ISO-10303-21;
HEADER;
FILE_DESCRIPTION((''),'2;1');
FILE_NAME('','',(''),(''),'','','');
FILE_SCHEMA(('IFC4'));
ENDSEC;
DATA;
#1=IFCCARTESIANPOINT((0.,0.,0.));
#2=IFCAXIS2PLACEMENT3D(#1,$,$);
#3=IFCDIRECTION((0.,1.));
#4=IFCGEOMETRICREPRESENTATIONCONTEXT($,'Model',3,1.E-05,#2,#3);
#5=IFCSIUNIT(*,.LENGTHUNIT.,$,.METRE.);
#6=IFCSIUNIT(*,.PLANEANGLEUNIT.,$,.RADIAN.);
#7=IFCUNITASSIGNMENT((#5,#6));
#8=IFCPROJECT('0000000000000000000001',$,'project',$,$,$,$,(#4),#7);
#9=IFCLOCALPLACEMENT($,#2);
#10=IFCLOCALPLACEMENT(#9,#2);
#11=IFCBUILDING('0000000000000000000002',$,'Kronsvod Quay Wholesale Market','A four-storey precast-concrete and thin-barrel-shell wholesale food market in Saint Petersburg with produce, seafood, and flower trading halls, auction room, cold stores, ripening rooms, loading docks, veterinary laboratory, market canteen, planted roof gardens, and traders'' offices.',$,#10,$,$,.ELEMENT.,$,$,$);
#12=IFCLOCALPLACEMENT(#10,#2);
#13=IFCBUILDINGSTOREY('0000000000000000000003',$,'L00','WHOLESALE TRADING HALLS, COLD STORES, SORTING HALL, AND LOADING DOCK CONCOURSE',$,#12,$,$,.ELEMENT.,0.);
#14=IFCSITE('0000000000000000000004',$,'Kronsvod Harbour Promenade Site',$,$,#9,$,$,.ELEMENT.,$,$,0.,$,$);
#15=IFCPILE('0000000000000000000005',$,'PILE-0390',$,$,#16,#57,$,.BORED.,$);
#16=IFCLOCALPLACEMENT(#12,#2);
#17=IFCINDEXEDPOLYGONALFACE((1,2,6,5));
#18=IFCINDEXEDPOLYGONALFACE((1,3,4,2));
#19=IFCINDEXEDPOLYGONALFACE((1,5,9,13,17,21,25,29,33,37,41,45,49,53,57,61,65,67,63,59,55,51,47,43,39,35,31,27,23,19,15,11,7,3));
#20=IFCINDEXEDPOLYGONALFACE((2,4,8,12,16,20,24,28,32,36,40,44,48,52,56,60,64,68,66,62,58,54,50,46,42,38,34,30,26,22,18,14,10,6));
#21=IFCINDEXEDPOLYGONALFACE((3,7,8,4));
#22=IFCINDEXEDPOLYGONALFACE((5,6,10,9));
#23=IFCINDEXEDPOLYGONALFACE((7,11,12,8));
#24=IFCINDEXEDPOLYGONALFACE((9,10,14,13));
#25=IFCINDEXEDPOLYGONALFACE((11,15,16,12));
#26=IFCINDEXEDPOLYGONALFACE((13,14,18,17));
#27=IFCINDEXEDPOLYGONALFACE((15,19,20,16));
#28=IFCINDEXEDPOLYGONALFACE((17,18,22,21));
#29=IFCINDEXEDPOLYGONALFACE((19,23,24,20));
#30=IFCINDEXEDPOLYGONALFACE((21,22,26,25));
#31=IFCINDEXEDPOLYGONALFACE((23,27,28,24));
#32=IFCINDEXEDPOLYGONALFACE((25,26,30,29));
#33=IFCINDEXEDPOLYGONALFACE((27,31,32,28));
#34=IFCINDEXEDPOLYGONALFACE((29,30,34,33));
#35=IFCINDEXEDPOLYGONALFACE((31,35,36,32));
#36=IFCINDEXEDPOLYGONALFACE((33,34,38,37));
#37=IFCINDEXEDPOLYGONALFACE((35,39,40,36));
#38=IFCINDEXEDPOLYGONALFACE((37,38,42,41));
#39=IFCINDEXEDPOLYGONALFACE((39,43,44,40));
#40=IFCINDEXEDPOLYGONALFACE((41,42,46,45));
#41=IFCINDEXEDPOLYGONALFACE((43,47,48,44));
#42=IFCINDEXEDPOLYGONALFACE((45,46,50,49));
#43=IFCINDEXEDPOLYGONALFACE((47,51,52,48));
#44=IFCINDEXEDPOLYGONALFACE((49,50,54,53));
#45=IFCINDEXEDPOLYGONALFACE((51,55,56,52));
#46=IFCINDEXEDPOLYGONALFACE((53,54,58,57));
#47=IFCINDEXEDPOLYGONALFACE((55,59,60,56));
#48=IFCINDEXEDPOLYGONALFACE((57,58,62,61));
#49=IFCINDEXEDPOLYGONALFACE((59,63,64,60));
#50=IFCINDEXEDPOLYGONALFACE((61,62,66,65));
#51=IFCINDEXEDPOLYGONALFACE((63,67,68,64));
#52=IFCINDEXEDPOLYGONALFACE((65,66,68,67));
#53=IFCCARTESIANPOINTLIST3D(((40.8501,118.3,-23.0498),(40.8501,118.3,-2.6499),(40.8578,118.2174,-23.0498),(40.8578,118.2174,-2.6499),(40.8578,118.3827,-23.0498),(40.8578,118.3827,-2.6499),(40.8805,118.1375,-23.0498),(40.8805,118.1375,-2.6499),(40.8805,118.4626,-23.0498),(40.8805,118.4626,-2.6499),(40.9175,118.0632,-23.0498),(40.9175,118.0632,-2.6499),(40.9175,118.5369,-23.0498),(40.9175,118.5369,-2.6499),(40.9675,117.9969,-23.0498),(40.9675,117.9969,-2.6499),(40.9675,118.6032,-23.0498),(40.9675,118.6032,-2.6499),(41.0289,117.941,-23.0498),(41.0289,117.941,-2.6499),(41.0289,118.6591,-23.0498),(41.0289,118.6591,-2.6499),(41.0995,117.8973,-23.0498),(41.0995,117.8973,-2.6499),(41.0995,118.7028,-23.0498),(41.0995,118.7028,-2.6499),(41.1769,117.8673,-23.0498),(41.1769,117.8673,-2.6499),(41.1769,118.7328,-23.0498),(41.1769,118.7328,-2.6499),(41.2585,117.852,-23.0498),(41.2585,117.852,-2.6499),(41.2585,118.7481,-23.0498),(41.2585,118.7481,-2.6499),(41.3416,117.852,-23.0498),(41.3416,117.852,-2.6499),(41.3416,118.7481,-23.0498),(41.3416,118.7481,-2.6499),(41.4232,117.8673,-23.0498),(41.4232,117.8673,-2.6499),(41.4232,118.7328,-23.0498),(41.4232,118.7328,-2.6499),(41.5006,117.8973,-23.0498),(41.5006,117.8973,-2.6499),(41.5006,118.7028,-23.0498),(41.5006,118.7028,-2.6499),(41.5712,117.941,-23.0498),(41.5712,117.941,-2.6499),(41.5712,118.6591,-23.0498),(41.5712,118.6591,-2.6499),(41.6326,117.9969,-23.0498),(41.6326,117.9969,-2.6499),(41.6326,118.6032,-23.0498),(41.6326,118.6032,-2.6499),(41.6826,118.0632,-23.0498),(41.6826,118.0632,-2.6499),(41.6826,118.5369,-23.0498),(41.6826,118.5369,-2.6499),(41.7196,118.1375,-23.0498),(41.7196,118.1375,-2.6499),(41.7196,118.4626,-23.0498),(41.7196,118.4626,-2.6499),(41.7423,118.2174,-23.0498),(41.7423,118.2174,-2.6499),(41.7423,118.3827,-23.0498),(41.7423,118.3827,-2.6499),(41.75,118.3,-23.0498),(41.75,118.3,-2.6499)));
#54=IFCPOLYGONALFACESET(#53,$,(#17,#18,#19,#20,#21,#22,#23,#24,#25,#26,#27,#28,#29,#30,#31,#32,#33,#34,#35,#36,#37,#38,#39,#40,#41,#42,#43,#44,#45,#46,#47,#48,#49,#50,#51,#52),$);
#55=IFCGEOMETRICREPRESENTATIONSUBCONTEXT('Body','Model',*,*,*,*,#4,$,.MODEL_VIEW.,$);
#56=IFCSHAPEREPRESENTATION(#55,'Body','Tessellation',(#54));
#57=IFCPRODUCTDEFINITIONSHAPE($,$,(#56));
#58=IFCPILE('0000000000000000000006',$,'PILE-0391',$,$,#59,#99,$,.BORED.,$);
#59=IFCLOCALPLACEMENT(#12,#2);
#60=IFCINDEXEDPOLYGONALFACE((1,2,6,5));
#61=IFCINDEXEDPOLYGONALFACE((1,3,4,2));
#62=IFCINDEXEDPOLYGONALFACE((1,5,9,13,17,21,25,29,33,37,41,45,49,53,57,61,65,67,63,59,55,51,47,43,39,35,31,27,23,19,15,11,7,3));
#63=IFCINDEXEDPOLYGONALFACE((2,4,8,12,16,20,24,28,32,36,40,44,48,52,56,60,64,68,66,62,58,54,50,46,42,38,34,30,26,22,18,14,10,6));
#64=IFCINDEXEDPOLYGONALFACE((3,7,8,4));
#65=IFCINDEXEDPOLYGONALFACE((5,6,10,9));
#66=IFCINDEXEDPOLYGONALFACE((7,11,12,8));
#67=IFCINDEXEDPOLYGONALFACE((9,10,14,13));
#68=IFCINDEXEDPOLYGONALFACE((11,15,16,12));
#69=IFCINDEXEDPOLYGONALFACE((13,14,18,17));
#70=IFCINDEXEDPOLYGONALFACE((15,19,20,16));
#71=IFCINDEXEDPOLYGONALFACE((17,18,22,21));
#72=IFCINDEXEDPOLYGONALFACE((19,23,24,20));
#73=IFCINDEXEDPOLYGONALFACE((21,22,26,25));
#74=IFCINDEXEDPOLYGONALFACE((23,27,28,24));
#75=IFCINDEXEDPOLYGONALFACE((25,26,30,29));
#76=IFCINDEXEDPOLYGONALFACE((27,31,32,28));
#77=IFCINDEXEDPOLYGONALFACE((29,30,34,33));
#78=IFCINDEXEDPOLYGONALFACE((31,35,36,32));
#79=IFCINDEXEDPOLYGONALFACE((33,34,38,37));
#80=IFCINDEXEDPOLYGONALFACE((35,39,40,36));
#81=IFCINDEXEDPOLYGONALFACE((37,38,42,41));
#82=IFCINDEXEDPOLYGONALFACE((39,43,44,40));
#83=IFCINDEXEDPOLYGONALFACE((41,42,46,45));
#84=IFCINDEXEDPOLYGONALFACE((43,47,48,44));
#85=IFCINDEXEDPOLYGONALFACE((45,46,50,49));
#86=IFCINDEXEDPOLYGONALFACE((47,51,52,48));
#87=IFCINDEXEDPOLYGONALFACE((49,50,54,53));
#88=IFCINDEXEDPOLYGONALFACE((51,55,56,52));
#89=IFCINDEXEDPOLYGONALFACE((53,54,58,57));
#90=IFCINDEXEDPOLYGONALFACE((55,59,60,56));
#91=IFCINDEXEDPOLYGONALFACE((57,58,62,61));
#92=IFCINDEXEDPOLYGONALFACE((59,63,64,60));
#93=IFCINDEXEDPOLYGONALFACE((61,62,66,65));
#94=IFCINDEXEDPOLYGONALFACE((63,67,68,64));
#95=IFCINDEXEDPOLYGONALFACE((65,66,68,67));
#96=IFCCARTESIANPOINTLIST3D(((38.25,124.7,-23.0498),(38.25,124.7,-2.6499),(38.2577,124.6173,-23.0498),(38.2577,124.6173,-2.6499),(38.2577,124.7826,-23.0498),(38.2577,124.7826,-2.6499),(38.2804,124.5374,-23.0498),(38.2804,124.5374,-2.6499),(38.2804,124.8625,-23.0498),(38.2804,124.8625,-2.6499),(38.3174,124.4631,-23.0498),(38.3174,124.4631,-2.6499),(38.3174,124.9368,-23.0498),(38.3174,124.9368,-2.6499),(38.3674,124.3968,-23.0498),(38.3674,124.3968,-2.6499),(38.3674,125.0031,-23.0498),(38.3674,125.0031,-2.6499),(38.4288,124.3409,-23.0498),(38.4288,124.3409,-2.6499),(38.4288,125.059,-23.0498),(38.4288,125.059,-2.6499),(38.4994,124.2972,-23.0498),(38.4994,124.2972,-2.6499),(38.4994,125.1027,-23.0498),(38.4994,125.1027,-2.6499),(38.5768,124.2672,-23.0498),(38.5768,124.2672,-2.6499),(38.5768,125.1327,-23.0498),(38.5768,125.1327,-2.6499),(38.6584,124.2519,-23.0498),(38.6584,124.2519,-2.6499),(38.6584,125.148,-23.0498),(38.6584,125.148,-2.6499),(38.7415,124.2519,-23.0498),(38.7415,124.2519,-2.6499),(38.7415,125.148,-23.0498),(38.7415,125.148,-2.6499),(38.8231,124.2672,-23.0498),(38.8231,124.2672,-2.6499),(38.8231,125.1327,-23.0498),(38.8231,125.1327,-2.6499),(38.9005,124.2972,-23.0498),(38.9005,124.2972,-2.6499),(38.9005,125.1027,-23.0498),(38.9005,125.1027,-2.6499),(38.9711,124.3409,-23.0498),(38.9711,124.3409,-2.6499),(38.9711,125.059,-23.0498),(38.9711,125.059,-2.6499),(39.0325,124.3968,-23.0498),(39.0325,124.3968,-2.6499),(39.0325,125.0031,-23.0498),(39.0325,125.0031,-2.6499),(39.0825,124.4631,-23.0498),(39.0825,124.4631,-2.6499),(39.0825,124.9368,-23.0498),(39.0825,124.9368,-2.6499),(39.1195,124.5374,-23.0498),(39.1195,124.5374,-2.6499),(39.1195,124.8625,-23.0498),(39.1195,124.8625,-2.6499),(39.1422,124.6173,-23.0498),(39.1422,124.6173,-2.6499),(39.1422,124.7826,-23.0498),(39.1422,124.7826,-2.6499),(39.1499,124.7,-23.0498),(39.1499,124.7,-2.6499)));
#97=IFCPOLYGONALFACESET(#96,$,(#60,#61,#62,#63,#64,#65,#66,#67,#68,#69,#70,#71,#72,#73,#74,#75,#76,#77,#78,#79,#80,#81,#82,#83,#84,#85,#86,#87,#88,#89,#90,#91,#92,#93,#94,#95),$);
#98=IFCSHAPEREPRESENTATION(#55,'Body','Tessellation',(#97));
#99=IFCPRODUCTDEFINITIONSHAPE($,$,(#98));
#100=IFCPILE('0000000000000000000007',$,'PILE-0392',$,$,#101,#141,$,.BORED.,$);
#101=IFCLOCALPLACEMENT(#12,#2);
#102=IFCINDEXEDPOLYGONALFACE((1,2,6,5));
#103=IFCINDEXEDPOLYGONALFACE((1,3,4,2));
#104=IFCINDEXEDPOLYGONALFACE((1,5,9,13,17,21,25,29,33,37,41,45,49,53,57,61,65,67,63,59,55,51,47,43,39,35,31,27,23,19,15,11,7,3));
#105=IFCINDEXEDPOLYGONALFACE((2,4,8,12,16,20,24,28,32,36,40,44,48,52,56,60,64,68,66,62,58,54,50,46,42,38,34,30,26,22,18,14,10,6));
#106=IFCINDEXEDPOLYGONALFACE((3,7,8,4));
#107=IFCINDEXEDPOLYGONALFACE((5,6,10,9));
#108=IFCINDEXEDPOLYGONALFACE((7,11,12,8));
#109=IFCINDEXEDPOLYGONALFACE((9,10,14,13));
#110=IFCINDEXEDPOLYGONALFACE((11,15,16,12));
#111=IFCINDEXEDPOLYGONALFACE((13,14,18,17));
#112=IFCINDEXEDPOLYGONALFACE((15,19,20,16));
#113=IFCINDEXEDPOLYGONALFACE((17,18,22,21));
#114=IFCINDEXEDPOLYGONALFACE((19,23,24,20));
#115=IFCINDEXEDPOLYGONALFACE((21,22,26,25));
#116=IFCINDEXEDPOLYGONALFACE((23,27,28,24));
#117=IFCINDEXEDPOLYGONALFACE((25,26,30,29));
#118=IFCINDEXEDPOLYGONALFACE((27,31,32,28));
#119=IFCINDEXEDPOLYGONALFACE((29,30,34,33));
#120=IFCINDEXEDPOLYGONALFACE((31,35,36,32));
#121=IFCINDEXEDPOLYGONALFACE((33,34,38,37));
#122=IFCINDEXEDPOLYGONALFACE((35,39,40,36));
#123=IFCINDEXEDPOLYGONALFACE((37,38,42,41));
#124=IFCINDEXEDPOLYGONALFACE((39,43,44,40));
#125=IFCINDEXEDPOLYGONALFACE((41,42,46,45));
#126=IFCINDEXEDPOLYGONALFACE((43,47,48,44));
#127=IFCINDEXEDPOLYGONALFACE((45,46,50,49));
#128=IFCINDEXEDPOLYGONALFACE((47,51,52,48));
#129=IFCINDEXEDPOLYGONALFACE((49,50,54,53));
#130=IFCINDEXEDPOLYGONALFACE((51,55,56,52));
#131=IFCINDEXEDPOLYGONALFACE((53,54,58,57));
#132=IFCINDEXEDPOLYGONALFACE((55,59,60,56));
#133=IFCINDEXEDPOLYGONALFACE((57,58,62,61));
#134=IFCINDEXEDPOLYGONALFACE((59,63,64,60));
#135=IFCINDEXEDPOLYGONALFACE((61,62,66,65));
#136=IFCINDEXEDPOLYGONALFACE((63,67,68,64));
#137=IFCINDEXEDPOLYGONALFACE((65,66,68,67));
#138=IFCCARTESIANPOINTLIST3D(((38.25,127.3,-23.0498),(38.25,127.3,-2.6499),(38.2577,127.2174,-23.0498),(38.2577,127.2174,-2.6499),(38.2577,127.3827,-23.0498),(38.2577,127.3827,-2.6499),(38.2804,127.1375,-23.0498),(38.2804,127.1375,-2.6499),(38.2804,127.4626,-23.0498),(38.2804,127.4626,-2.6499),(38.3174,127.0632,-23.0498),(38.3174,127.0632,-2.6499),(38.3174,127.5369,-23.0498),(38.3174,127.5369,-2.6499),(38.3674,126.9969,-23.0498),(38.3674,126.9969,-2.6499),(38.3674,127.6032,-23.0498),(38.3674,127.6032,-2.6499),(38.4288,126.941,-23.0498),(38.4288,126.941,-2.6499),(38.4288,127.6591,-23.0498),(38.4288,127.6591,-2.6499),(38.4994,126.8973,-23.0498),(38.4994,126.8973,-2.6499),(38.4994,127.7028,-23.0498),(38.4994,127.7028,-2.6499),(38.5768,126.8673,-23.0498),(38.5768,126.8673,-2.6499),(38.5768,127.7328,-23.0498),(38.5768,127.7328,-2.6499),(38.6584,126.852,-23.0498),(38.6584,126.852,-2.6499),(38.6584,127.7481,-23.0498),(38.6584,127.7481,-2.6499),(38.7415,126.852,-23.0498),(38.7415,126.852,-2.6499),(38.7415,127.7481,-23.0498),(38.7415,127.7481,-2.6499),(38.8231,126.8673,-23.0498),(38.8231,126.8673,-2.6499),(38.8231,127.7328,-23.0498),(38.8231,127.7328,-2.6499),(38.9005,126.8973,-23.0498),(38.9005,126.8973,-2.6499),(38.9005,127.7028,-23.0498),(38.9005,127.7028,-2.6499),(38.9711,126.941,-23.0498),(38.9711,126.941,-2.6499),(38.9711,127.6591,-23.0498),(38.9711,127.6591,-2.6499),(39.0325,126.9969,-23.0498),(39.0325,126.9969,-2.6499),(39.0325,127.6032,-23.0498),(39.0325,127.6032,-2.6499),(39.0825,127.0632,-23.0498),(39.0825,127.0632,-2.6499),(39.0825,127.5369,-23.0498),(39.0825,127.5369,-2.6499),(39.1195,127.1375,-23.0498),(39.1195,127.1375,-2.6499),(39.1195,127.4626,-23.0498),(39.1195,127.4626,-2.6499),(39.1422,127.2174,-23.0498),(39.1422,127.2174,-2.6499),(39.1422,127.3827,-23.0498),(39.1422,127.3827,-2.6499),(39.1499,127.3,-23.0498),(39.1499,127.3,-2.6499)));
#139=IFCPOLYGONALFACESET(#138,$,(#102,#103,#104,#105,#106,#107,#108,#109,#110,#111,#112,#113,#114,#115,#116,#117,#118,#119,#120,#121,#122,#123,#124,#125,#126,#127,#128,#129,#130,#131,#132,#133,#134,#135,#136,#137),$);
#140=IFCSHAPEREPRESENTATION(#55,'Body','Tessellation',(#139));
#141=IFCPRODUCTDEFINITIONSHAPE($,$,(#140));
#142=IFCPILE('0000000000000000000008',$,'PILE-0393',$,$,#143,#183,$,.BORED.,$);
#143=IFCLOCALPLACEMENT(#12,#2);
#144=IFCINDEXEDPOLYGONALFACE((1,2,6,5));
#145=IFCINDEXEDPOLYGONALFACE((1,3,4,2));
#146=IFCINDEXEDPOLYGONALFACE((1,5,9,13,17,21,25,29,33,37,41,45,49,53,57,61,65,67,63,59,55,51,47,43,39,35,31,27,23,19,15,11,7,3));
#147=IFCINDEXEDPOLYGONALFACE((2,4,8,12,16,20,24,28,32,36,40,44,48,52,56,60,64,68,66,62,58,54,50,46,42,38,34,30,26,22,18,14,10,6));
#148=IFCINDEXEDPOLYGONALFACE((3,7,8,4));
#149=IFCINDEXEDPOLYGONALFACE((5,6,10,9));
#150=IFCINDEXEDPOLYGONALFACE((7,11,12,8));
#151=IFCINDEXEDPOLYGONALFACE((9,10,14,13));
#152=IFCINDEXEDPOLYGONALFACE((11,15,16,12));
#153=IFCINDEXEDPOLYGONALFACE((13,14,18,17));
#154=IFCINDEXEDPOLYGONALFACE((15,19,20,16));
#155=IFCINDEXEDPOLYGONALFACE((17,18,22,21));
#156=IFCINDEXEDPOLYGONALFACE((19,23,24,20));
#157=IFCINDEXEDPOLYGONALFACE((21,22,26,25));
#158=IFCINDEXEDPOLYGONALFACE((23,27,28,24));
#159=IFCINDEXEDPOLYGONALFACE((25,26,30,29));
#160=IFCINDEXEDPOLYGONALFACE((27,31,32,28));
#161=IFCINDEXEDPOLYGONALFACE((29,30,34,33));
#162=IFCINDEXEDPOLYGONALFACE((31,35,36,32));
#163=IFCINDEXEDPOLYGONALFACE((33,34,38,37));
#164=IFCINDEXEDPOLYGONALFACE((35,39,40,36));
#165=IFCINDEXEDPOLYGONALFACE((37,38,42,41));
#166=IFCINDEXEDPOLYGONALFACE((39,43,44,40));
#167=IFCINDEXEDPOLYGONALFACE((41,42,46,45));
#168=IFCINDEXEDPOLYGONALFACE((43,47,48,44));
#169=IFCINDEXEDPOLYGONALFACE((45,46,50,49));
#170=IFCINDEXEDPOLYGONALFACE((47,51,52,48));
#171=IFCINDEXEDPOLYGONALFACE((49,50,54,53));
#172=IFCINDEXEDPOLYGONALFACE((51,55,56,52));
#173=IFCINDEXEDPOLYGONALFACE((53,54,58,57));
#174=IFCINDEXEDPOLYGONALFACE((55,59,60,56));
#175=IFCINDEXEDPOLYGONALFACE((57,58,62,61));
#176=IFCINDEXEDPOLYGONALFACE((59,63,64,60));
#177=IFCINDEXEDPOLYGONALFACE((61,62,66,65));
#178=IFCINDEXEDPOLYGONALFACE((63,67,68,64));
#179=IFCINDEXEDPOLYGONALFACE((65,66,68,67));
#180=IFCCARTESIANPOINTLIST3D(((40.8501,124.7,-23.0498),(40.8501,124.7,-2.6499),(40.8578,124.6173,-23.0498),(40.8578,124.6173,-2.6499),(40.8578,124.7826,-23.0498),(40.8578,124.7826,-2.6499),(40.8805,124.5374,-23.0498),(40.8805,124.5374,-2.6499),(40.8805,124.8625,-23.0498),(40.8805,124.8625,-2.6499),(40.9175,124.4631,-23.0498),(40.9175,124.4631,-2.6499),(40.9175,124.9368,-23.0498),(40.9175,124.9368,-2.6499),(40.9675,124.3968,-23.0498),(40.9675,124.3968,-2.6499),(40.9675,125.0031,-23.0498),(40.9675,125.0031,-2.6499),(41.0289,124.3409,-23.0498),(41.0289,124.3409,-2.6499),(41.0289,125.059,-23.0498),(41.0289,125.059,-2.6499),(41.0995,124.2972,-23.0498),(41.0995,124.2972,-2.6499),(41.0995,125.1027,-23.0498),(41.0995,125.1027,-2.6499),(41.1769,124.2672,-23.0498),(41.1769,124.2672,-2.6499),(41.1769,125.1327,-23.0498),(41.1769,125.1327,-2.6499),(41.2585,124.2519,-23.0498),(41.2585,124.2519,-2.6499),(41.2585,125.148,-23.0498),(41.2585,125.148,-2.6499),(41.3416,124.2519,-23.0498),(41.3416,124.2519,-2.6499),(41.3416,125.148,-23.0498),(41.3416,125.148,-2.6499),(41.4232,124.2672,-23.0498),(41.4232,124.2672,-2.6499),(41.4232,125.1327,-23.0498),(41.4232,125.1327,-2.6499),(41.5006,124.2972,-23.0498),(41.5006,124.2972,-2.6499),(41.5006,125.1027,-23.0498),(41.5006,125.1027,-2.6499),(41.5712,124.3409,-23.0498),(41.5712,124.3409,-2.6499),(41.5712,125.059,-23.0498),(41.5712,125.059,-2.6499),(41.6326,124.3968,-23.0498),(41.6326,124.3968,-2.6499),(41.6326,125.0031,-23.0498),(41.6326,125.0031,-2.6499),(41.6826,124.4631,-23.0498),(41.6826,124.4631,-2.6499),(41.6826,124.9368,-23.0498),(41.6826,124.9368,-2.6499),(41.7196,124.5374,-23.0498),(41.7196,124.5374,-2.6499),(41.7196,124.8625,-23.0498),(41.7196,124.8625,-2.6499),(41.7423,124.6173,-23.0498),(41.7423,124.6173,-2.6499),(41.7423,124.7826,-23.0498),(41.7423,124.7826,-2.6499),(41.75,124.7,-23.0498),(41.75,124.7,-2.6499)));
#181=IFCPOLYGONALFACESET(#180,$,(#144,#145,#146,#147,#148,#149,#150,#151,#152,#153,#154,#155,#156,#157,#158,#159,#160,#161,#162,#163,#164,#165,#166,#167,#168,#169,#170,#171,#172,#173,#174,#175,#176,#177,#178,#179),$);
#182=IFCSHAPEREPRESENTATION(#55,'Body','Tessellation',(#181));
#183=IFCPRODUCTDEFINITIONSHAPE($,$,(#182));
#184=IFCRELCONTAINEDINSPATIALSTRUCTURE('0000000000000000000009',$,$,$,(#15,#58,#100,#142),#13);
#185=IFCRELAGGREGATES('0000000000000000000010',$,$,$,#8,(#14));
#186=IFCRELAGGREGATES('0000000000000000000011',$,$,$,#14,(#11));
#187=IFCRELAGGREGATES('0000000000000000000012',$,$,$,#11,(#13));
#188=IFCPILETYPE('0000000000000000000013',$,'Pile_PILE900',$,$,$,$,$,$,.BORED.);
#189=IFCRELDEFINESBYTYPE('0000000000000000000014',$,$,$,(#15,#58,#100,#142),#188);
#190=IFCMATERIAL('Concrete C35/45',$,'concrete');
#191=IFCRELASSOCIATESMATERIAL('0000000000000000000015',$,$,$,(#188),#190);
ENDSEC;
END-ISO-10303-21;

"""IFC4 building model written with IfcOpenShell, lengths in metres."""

from ifc_helpers import new_model, si_unit, direction, frame, origin, origin_2d, place, context, subcontext, project, spatial, circle, extrude, material, material_profile, profile_set, type_object, element, save


model = new_model("IFC4")

# Units and contexts
model_context = context("Model", 3, precision=1e-05, world=origin(), true_north=direction((0.0, 1.0)))
body_context = subcontext(model_context, "Body", "Model", "MODEL_VIEW")
ifc_project = project(units=[si_unit("LENGTHUNIT", "METRE"), si_unit("PLANEANGLEUNIT", "RADIAN")], contexts=[model_context])

# Site, building, storey
site_placement = place(None, origin())
site = spatial("IfcSite", under=ifc_project, at=site_placement, Name="Kronsvod Harbour Promenade Site", CompositionType="ELEMENT", RefElevation=0.0)
building_placement = place(site_placement, origin())
building = spatial("IfcBuilding", under=site, at=building_placement, Name="Kronsvod Quay Wholesale Market", Description="A four-storey precast-concrete and thin-barrel-shell wholesale food market in Saint Petersburg with produce, seafood, and flower trading halls, auction room, cold stores, ripening rooms, loading docks, veterinary laboratory, market canteen, planted roof gardens, and traders' offices.", CompositionType="ELEMENT")
storey_placement = place(building_placement, origin())
storey = spatial("IfcBuildingStorey", under=building, at=storey_placement, Name="L00", Description="WHOLESALE TRADING HALLS, COLD STORES, SORTING HALL, AND LOADING DOCK CONCOURSE", CompositionType="ELEMENT", Elevation=0.0)

# Piles
ifc_material_1 = material(Name="Concrete C35/45", Category="concrete")
ifc_material_profile_1 = material_profile(ifc_material_1, circle(Radius=0.45, at=origin_2d()), Name="PILE900")
ifc_profile_set_1 = profile_set([ifc_material_profile_1], Name="Concrete C35/45")
pile_type = type_object("IfcPileType", Name="Pile_PILE900", PredefinedType="BORED", material=ifc_profile_set_1)
for number, where, z_axis, x_axis, name in (
    (1, (41.3, 118.3, -2.6499), (0.0, 0.0, -1.0), (1.0, 0.0, 0.0), "PILE-0390"),
    (2, (38.7, 124.7, -2.6499), (0.0, 0.0, -1.0), (1.0, 0.0, 0.0), "PILE-0391"),
    (3, (38.7, 127.3, -2.6499), (0.0, 0.0, -1.0), (1.0, 0.0, 0.0), "PILE-0392"),
    (4, (41.3, 124.7, -2.6499), (0.0, 0.0, -1.0), (1.0, 0.0, 0.0), "PILE-0393"),
):
    element("IfcPile", number, at=place(storey_placement, frame(where, z_axis=z_axis, x_axis=x_axis)), inside=storey, type_object=pile_type, Name=name, PredefinedType="BORED", context=body_context, shape_type="SweptSolid", body=[
        extrude(circle(Radius=0.45, at=origin_2d()), origin(), (0.0, 0.0, 1.0), 20.3999),
    ])

save(model, "model.ifc")
